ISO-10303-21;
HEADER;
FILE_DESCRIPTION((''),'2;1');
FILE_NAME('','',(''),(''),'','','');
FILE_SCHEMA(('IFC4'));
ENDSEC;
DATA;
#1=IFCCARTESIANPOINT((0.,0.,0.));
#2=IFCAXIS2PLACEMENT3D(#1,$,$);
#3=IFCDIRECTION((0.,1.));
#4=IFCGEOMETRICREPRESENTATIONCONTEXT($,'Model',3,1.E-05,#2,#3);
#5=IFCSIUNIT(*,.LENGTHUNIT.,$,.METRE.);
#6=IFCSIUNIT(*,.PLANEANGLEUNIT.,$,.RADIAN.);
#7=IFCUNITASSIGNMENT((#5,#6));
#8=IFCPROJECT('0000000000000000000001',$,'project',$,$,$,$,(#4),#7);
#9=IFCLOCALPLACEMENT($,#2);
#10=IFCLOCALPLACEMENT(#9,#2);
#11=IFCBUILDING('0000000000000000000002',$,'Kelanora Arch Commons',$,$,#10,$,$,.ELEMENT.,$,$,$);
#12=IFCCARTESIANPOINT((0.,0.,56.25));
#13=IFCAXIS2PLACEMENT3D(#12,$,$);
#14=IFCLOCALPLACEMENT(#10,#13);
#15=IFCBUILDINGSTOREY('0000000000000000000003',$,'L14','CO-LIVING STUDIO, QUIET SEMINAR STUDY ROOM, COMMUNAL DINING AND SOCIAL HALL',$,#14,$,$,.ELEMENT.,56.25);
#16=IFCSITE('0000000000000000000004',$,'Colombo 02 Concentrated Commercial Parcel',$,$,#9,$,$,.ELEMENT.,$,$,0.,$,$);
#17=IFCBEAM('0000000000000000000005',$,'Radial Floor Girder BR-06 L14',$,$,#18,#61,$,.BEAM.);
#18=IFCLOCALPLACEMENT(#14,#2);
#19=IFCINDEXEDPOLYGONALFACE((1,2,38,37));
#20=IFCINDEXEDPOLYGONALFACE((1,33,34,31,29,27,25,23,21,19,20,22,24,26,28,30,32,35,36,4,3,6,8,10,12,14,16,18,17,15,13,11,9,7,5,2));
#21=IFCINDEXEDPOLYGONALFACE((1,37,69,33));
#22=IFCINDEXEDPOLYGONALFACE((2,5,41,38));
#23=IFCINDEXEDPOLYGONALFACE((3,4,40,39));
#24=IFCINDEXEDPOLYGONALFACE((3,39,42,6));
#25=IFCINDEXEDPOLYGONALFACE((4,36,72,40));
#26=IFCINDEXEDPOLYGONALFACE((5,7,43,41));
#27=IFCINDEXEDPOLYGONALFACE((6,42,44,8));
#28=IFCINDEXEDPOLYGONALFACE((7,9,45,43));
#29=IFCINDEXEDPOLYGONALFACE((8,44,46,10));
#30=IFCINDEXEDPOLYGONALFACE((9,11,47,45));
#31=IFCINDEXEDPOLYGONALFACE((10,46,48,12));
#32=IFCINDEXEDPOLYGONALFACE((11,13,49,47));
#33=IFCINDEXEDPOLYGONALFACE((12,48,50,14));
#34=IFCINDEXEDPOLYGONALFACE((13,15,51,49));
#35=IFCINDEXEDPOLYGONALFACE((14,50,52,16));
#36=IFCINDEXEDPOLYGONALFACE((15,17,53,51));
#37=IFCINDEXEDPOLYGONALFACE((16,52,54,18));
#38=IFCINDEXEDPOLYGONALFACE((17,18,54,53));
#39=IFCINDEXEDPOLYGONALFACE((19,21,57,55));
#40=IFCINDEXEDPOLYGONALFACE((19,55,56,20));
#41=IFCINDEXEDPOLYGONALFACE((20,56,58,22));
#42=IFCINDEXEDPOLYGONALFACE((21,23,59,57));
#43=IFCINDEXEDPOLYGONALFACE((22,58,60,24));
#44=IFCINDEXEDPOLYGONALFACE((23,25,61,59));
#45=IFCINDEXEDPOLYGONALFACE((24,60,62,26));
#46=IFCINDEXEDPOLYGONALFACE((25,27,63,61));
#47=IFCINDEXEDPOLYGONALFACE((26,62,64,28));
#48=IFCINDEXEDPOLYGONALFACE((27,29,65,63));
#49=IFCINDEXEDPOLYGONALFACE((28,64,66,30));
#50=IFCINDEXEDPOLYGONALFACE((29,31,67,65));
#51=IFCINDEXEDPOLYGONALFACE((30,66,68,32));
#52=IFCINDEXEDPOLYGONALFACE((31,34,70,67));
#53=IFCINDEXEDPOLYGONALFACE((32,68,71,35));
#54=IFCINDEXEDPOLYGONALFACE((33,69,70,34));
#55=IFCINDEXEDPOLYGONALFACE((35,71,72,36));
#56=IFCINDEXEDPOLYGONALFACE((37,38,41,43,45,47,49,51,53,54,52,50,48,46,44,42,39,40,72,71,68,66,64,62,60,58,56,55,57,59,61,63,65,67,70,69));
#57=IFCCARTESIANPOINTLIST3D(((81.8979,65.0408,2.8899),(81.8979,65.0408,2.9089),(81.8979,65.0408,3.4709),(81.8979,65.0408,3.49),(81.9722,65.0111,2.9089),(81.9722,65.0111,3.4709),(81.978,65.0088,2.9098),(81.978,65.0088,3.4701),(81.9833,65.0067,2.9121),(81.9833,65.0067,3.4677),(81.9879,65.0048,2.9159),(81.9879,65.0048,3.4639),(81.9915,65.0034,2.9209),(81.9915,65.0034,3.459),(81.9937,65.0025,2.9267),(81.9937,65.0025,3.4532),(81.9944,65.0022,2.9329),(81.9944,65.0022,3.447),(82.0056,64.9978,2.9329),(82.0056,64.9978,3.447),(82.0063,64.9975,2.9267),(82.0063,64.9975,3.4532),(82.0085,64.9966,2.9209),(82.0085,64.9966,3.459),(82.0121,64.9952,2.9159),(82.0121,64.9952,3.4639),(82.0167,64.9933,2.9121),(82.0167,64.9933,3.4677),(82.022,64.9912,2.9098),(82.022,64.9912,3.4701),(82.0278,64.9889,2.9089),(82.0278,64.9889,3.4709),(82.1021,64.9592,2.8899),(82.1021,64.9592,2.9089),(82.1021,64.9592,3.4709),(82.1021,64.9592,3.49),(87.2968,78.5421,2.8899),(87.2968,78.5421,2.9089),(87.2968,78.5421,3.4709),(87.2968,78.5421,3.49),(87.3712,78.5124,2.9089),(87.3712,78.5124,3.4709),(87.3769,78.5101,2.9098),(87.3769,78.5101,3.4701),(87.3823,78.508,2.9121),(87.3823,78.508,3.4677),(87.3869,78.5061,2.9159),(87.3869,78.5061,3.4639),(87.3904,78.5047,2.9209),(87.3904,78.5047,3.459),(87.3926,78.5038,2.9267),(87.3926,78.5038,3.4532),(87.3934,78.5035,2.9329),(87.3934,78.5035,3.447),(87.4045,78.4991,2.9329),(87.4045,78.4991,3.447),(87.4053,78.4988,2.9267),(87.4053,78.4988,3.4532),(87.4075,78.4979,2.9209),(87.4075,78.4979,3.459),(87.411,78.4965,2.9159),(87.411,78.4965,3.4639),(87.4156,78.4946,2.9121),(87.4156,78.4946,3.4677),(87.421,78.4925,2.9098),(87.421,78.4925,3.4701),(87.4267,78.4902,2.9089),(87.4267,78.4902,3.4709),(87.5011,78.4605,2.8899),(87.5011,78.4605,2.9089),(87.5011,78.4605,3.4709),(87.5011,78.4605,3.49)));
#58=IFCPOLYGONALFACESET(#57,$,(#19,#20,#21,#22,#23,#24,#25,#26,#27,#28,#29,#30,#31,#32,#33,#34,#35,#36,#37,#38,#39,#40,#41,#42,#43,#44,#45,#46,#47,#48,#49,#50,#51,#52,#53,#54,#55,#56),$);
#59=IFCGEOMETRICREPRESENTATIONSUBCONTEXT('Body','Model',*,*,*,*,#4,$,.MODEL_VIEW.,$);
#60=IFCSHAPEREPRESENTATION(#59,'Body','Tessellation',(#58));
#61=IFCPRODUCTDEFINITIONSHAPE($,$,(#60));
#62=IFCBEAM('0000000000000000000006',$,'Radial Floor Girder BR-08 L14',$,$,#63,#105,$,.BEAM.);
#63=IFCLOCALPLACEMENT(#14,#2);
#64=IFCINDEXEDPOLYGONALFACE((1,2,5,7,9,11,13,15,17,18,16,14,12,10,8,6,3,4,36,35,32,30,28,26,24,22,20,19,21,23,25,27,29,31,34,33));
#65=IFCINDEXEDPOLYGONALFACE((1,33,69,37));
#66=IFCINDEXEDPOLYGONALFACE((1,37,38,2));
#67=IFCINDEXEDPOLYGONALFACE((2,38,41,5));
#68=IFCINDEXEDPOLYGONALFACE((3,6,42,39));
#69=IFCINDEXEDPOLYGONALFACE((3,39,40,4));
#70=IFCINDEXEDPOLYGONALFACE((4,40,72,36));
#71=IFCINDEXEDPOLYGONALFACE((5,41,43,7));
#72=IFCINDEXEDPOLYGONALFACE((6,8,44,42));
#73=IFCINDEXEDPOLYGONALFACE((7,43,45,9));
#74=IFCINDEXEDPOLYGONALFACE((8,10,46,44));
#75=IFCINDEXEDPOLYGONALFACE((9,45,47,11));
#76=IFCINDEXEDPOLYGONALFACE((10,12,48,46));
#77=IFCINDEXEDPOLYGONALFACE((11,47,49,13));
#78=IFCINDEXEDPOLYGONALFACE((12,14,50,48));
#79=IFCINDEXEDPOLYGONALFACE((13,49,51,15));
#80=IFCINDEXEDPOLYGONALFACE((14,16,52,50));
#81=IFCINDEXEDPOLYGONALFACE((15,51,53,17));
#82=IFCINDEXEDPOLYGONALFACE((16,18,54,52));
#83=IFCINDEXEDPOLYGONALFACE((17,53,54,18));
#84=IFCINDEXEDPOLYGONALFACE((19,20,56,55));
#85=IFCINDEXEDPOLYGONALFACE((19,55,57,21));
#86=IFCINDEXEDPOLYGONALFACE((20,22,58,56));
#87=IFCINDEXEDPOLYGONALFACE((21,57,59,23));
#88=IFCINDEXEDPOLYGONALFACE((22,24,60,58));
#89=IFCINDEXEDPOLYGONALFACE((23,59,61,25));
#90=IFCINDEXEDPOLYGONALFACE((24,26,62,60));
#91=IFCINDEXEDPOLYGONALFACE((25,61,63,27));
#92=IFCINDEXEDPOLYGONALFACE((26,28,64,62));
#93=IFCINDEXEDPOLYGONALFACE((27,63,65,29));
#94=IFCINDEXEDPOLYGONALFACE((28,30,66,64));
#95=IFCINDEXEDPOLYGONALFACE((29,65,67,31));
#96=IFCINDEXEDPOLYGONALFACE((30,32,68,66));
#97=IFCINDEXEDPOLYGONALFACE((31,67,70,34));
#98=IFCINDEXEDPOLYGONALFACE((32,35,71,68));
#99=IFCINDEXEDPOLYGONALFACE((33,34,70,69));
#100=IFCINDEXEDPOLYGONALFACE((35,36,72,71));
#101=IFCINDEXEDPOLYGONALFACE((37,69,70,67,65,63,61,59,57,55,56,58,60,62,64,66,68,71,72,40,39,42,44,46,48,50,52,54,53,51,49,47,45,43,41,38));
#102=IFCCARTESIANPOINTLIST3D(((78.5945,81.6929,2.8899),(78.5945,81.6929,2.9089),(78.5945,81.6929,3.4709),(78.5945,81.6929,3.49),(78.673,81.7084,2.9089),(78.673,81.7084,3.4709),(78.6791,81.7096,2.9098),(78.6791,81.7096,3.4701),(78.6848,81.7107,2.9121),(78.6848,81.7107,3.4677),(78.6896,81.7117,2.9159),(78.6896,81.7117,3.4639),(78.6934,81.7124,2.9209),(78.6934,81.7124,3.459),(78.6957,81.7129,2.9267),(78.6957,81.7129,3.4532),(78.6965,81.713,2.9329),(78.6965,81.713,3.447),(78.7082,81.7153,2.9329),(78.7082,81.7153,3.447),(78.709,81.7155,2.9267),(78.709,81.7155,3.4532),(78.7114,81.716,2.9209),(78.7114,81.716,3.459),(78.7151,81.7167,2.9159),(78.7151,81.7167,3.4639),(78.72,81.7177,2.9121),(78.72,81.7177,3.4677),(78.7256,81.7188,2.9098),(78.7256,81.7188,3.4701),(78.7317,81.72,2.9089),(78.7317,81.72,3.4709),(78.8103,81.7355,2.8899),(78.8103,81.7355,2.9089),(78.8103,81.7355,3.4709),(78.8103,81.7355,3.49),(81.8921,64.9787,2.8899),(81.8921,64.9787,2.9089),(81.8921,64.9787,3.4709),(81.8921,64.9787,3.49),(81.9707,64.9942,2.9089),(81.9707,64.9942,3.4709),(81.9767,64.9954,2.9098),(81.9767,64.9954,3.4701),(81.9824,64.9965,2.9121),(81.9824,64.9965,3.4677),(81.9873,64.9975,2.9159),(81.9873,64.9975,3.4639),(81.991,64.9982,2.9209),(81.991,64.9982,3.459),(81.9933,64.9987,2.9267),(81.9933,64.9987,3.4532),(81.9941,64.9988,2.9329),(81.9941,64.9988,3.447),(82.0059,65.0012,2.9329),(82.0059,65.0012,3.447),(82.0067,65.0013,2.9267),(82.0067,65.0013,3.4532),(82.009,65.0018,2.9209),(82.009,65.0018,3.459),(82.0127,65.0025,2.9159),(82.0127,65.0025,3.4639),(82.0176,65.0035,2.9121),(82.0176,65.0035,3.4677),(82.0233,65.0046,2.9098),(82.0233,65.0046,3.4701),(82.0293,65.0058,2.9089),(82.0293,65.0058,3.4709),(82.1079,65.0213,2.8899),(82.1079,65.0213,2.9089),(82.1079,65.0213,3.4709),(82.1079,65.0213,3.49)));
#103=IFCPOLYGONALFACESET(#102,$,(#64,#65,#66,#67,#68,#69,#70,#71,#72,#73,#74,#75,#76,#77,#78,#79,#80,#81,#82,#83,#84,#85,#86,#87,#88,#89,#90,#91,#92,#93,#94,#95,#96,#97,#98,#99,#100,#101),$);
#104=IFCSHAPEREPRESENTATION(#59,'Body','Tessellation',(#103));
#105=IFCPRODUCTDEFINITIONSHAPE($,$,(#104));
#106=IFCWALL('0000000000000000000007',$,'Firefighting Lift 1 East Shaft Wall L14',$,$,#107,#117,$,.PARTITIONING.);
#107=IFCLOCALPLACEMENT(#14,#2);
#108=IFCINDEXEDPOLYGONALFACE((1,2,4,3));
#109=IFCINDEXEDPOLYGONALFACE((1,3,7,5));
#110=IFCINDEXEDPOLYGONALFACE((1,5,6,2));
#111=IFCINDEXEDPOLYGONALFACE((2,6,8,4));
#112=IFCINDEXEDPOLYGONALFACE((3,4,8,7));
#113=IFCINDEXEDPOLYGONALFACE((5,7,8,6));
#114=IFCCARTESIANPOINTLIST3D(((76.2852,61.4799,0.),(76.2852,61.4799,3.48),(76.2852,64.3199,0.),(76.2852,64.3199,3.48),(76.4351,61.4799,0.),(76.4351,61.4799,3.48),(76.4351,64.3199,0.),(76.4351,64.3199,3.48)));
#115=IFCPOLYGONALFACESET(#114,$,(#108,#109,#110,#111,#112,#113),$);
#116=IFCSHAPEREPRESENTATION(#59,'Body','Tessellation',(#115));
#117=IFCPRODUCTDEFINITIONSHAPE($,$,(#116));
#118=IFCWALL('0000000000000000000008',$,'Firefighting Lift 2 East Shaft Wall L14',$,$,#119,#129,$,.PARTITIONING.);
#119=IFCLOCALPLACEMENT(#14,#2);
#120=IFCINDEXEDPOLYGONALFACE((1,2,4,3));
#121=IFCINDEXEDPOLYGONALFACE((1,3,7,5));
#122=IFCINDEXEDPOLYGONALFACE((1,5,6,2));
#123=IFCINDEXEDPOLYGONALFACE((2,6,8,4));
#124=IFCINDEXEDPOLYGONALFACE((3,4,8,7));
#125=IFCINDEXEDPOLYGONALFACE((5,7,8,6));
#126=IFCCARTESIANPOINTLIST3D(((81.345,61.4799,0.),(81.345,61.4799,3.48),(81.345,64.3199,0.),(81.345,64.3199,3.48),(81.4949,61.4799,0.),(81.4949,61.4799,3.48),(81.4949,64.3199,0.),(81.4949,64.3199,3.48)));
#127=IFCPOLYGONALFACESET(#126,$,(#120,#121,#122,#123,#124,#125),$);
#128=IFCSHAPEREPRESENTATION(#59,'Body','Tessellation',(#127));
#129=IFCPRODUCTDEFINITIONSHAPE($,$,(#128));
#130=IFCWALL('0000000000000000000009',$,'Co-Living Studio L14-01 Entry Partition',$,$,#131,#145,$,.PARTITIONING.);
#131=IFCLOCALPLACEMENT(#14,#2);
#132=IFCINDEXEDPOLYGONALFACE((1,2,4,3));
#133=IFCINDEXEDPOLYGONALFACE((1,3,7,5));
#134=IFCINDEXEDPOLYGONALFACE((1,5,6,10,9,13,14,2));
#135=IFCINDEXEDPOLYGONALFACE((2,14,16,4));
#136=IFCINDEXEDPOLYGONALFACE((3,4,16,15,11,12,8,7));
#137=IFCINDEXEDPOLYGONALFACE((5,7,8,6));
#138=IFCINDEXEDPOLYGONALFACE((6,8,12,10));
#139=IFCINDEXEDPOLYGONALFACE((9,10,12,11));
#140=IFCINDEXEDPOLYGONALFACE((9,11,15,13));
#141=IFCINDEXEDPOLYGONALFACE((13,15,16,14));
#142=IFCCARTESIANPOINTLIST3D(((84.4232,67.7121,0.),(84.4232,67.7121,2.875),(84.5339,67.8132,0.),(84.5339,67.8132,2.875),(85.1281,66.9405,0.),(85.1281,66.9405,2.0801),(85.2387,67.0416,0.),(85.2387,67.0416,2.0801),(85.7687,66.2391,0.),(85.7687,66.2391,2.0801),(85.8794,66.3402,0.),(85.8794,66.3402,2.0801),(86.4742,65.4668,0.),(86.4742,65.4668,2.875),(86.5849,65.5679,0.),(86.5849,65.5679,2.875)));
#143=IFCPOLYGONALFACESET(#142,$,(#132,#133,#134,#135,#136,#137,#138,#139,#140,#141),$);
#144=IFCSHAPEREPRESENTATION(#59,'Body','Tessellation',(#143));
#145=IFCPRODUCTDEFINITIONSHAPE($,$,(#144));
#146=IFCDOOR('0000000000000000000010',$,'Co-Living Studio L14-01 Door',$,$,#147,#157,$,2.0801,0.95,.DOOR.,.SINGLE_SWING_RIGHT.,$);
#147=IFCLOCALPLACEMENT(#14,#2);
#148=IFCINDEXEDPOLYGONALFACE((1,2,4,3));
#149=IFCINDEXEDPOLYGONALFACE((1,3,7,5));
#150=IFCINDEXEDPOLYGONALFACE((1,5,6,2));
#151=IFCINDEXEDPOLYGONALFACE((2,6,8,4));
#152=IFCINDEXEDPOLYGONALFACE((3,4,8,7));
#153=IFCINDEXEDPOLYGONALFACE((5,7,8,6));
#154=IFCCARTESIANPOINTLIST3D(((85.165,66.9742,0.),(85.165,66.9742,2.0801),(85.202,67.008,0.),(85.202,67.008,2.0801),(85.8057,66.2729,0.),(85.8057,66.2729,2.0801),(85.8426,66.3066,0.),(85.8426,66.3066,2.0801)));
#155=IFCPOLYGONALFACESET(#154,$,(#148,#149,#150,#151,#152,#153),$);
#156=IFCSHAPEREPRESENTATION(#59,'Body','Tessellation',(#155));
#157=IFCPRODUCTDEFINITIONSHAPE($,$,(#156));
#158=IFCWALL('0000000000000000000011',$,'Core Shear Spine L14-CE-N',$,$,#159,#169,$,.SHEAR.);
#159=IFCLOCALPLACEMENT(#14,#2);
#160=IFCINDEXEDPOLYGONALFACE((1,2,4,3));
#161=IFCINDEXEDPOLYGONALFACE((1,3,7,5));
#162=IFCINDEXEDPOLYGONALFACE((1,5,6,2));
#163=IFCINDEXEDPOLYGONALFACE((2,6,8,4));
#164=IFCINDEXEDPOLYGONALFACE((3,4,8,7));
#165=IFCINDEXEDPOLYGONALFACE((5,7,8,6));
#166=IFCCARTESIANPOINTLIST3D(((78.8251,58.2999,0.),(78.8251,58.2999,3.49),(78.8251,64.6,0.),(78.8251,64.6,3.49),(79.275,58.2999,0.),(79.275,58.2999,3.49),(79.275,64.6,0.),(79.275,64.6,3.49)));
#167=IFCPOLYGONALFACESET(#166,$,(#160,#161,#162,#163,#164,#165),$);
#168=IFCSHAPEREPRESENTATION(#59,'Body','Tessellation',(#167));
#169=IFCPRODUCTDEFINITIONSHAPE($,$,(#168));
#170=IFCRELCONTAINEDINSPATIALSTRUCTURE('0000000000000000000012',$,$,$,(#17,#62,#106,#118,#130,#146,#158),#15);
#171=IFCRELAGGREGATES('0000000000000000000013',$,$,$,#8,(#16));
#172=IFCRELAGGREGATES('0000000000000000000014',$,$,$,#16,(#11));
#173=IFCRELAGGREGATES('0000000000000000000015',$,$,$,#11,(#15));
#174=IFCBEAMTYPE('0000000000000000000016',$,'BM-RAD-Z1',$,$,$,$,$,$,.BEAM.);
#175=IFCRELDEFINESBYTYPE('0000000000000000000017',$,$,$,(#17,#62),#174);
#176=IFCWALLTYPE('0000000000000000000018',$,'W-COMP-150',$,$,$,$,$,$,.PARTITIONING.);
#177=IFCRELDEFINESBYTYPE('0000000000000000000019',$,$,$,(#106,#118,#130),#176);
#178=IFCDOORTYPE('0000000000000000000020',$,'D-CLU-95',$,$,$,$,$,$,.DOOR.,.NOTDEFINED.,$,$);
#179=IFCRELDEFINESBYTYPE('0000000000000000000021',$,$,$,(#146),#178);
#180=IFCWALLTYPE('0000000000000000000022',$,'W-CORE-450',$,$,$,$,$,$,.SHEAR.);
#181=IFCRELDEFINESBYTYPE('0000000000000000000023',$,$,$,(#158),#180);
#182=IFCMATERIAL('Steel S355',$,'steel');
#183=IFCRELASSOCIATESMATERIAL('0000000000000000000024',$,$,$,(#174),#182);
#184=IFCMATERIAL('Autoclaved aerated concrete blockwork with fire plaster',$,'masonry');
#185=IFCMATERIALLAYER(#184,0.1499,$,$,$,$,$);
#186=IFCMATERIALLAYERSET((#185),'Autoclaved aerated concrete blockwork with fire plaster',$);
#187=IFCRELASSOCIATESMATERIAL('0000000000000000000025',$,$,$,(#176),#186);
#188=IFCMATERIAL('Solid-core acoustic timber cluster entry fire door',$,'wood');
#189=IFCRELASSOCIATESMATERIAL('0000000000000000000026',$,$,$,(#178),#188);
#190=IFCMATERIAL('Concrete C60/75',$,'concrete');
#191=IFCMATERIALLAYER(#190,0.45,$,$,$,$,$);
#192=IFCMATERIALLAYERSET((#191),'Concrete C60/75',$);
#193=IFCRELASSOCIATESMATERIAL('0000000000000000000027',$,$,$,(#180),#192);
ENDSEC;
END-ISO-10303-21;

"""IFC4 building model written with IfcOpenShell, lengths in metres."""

from ifc_helpers import new_model, si_unit, direction, frame, frame_2d, origin, origin_2d, place, context, subcontext, project, spatial, rectangle, i_section, extrude, material, layer, layer_set, material_profile, profile_set, type_object, element, fill, save


model = new_model("IFC4")

# Units and contexts
model_context = context("Model", 3, precision=1e-05, world=origin(), true_north=direction((0.0, 1.0)))
body_context = subcontext(model_context, "Body", "Model", "MODEL_VIEW")
ifc_project = project(units=[si_unit("LENGTHUNIT", "METRE"), si_unit("PLANEANGLEUNIT", "RADIAN")], contexts=[model_context])

# Site, building, storey
site_placement = place(None, origin())
site = spatial("IfcSite", under=ifc_project, at=site_placement, Name="Colombo 02 Concentrated Commercial Parcel", CompositionType="ELEMENT", RefElevation=0.0)
building_placement = place(site_placement, origin())
building = spatial("IfcBuilding", under=site, at=building_placement, Name="Kelanora Arch Commons", CompositionType="ELEMENT")
storey_placement = place(building_placement, frame((0.0, 0.0, 56.25)))
storey = spatial("IfcBuildingStorey", under=building, at=storey_placement, Name="L14", Description="CO-LIVING STUDIO, QUIET SEMINAR STUDY ROOM, COMMUNAL DINING AND SOCIAL HALL", CompositionType="ELEMENT", Elevation=56.25)

# Shared definitions
ifc_material_1 = material(Name="Concrete C60/75", Category="concrete")

# Beams
ifc_material_2 = material(Name="Steel S355", Category="steel")
ifc_material_profile_1 = material_profile(ifc_material_2, i_section(OverallWidth=0.22, OverallDepth=0.6001, WebThickness=0.012, FlangeThickness=0.019, FilletRadius=0.0239, at=origin_2d()), Name="IPE600")
ifc_profile_set_1 = profile_set([ifc_material_profile_1], Name="Steel S355")
beam_type_1 = type_object("IfcBeamType", Name="BM-RAD-Z1", PredefinedType="BEAM", material=ifc_profile_set_1)
beam_1_placement = place(storey_placement, frame((82.0, 65.0, 3.1899), z_axis=(0.371298, 0.928514, 0.0), x_axis=(-0.928514, 0.371298, 0.0)))
element("IfcBeam", 1, at=beam_1_placement, inside=storey, type_object=beam_type_1, Name="Radial Floor Girder BR-06 L14", PredefinedType="BEAM", context=body_context, shape_type="SweptSolid", body=[
    extrude(i_section(OverallWidth=0.22, OverallDepth=0.6001, WebThickness=0.012, FlangeThickness=0.019, FilletRadius=0.0239, at=origin_2d()), origin(), (0.0, 0.0, 1.0), 14.5408),
])
beam_2_placement = place(storey_placement, frame((82.0, 65.0, 3.1899), z_axis=(-0.193564, 0.981088, 0.0), x_axis=(-0.981088, -0.193564, 0.0)))
element("IfcBeam", 2, at=beam_2_placement, inside=storey, type_object=beam_type_1, Name="Radial Floor Girder BR-08 L14", PredefinedType="BEAM", context=body_context, shape_type="SweptSolid", body=[
    extrude(i_section(OverallWidth=0.22, OverallDepth=0.6001, WebThickness=0.012, FlangeThickness=0.019, FilletRadius=0.0239, at=origin_2d()), origin(), (0.0, 0.0, 1.0), 17.0364),
])

# Walls
ifc_material_3 = material(Name="Autoclaved aerated concrete blockwork with fire plaster", Category="masonry")
ifc_layer_1 = layer(ifc_material_3, 0.1499)
ifc_layer_set_1 = layer_set([ifc_layer_1], Name="Autoclaved aerated concrete blockwork with fire plaster")
wall_type_1 = type_object("IfcWallType", Name="W-COMP-150", PredefinedType="PARTITIONING", material=ifc_layer_set_1)
for number, where, z_axis, x_axis, name in (
    (3, (76.3601, 61.48, 0.0), (0.0, 0.0, 1.0), (0.0, 1.0, 0.0), "Firefighting Lift 1 East Shaft Wall L14"),
    (4, (81.4199, 61.48, 0.0), (0.0, 0.0, 1.0), (0.0, 1.0, 0.0), "Firefighting Lift 2 East Shaft Wall L14"),
):
    element("IfcWall", number, at=place(storey_placement, frame(where, z_axis=z_axis, x_axis=x_axis)), inside=storey, type_object=wall_type_1, Name=name, PredefinedType="PARTITIONING", context=body_context, shape_type="SweptSolid", body=[
        extrude(rectangle(XDim=2.8401, YDim=0.1499, at=frame_2d((1.4199, 0.0))), origin(), (0.0, 0.0, 1.0), 3.48),
    ])

# Wall, opening, door
wall_1_placement = place(storey_placement, frame((86.5295, 65.5173, 0.0), z_axis=(0.0, 0.0, 1.0), x_axis=(-0.674433, 0.738336, 0.0)))
wall_1 = element("IfcWall", 5, at=wall_1_placement, inside=storey, type_object=wall_type_1, Name="Co-Living Studio L14-01 Entry Partition", PredefinedType="PARTITIONING", context=body_context, shape_type="SweptSolid", body=[
    extrude(rectangle(XDim=3.041, YDim=0.1499, at=frame_2d((1.5205, 0.0))), origin(), (0.0, 0.0, 1.0), 2.875),
])
opening_1_placement = place(wall_1_placement, frame((1.0459, 0.0, 0.0)))
opening_1 = element("IfcOpeningElement", 6, at=opening_1_placement, cuts=wall_1, PredefinedType="OPENING", context=body_context, shape_type="SweptSolid", body=[
    extrude(rectangle(XDim=0.95, YDim=2.0801, at=frame_2d((0.4751, 1.04))), frame((0.0, 0.085, 0.0), z_axis=(0.0, -1.0, 0.0), x_axis=(1.0, 0.0, 0.0)), (0.0, 0.0, 1.0), 0.1699),
])
ifc_material_4 = material(Name="Solid-core acoustic timber cluster entry fire door", Category="wood")
door_type_1 = type_object("IfcDoorType", Name="D-CLU-95", OperationType="NOTDEFINED", PredefinedType="DOOR", material=ifc_material_4)
door_1_placement = place(opening_1_placement, origin())
door_1 = element("IfcDoor", 7, at=door_1_placement, inside=storey, type_object=door_type_1, Name="Co-Living Studio L14-01 Door", OperationType="SINGLE_SWING_RIGHT", OverallHeight=2.0801, OverallWidth=0.95, PredefinedType="DOOR", context=body_context, shape_type="SweptSolid", body=[
    extrude(rectangle(XDim=0.95, YDim=2.0801, at=frame_2d((0.4751, 1.04))), frame((0.0, 0.0249, 0.0), z_axis=(0.0, -1.0, 0.0), x_axis=(1.0, 0.0, 0.0)), (0.0, 0.0, 1.0), 0.05),
])
fill(opening_1, door_1)

# Wall
ifc_layer_2 = layer(ifc_material_1, 0.45)
ifc_layer_set_2 = layer_set([ifc_layer_2], Name="Concrete C60/75")
wall_type_2 = type_object("IfcWallType", Name="W-CORE-450", PredefinedType="SHEAR", material=ifc_layer_set_2)
wall_2_placement = place(storey_placement, frame((79.05, 58.3, 0.0), z_axis=(0.0, 0.0, 1.0), x_axis=(0.0, 1.0, 0.0)))
element("IfcWall", 8, at=wall_2_placement, inside=storey, type_object=wall_type_2, Name="Core Shear Spine L14-CE-N", PredefinedType="SHEAR", context=body_context, shape_type="SweptSolid", body=[
    extrude(rectangle(XDim=6.3, YDim=0.45, at=frame_2d((3.1499, 0.0))), origin(), (0.0, 0.0, 1.0), 3.49),
])

save(model, "model.ifc")
